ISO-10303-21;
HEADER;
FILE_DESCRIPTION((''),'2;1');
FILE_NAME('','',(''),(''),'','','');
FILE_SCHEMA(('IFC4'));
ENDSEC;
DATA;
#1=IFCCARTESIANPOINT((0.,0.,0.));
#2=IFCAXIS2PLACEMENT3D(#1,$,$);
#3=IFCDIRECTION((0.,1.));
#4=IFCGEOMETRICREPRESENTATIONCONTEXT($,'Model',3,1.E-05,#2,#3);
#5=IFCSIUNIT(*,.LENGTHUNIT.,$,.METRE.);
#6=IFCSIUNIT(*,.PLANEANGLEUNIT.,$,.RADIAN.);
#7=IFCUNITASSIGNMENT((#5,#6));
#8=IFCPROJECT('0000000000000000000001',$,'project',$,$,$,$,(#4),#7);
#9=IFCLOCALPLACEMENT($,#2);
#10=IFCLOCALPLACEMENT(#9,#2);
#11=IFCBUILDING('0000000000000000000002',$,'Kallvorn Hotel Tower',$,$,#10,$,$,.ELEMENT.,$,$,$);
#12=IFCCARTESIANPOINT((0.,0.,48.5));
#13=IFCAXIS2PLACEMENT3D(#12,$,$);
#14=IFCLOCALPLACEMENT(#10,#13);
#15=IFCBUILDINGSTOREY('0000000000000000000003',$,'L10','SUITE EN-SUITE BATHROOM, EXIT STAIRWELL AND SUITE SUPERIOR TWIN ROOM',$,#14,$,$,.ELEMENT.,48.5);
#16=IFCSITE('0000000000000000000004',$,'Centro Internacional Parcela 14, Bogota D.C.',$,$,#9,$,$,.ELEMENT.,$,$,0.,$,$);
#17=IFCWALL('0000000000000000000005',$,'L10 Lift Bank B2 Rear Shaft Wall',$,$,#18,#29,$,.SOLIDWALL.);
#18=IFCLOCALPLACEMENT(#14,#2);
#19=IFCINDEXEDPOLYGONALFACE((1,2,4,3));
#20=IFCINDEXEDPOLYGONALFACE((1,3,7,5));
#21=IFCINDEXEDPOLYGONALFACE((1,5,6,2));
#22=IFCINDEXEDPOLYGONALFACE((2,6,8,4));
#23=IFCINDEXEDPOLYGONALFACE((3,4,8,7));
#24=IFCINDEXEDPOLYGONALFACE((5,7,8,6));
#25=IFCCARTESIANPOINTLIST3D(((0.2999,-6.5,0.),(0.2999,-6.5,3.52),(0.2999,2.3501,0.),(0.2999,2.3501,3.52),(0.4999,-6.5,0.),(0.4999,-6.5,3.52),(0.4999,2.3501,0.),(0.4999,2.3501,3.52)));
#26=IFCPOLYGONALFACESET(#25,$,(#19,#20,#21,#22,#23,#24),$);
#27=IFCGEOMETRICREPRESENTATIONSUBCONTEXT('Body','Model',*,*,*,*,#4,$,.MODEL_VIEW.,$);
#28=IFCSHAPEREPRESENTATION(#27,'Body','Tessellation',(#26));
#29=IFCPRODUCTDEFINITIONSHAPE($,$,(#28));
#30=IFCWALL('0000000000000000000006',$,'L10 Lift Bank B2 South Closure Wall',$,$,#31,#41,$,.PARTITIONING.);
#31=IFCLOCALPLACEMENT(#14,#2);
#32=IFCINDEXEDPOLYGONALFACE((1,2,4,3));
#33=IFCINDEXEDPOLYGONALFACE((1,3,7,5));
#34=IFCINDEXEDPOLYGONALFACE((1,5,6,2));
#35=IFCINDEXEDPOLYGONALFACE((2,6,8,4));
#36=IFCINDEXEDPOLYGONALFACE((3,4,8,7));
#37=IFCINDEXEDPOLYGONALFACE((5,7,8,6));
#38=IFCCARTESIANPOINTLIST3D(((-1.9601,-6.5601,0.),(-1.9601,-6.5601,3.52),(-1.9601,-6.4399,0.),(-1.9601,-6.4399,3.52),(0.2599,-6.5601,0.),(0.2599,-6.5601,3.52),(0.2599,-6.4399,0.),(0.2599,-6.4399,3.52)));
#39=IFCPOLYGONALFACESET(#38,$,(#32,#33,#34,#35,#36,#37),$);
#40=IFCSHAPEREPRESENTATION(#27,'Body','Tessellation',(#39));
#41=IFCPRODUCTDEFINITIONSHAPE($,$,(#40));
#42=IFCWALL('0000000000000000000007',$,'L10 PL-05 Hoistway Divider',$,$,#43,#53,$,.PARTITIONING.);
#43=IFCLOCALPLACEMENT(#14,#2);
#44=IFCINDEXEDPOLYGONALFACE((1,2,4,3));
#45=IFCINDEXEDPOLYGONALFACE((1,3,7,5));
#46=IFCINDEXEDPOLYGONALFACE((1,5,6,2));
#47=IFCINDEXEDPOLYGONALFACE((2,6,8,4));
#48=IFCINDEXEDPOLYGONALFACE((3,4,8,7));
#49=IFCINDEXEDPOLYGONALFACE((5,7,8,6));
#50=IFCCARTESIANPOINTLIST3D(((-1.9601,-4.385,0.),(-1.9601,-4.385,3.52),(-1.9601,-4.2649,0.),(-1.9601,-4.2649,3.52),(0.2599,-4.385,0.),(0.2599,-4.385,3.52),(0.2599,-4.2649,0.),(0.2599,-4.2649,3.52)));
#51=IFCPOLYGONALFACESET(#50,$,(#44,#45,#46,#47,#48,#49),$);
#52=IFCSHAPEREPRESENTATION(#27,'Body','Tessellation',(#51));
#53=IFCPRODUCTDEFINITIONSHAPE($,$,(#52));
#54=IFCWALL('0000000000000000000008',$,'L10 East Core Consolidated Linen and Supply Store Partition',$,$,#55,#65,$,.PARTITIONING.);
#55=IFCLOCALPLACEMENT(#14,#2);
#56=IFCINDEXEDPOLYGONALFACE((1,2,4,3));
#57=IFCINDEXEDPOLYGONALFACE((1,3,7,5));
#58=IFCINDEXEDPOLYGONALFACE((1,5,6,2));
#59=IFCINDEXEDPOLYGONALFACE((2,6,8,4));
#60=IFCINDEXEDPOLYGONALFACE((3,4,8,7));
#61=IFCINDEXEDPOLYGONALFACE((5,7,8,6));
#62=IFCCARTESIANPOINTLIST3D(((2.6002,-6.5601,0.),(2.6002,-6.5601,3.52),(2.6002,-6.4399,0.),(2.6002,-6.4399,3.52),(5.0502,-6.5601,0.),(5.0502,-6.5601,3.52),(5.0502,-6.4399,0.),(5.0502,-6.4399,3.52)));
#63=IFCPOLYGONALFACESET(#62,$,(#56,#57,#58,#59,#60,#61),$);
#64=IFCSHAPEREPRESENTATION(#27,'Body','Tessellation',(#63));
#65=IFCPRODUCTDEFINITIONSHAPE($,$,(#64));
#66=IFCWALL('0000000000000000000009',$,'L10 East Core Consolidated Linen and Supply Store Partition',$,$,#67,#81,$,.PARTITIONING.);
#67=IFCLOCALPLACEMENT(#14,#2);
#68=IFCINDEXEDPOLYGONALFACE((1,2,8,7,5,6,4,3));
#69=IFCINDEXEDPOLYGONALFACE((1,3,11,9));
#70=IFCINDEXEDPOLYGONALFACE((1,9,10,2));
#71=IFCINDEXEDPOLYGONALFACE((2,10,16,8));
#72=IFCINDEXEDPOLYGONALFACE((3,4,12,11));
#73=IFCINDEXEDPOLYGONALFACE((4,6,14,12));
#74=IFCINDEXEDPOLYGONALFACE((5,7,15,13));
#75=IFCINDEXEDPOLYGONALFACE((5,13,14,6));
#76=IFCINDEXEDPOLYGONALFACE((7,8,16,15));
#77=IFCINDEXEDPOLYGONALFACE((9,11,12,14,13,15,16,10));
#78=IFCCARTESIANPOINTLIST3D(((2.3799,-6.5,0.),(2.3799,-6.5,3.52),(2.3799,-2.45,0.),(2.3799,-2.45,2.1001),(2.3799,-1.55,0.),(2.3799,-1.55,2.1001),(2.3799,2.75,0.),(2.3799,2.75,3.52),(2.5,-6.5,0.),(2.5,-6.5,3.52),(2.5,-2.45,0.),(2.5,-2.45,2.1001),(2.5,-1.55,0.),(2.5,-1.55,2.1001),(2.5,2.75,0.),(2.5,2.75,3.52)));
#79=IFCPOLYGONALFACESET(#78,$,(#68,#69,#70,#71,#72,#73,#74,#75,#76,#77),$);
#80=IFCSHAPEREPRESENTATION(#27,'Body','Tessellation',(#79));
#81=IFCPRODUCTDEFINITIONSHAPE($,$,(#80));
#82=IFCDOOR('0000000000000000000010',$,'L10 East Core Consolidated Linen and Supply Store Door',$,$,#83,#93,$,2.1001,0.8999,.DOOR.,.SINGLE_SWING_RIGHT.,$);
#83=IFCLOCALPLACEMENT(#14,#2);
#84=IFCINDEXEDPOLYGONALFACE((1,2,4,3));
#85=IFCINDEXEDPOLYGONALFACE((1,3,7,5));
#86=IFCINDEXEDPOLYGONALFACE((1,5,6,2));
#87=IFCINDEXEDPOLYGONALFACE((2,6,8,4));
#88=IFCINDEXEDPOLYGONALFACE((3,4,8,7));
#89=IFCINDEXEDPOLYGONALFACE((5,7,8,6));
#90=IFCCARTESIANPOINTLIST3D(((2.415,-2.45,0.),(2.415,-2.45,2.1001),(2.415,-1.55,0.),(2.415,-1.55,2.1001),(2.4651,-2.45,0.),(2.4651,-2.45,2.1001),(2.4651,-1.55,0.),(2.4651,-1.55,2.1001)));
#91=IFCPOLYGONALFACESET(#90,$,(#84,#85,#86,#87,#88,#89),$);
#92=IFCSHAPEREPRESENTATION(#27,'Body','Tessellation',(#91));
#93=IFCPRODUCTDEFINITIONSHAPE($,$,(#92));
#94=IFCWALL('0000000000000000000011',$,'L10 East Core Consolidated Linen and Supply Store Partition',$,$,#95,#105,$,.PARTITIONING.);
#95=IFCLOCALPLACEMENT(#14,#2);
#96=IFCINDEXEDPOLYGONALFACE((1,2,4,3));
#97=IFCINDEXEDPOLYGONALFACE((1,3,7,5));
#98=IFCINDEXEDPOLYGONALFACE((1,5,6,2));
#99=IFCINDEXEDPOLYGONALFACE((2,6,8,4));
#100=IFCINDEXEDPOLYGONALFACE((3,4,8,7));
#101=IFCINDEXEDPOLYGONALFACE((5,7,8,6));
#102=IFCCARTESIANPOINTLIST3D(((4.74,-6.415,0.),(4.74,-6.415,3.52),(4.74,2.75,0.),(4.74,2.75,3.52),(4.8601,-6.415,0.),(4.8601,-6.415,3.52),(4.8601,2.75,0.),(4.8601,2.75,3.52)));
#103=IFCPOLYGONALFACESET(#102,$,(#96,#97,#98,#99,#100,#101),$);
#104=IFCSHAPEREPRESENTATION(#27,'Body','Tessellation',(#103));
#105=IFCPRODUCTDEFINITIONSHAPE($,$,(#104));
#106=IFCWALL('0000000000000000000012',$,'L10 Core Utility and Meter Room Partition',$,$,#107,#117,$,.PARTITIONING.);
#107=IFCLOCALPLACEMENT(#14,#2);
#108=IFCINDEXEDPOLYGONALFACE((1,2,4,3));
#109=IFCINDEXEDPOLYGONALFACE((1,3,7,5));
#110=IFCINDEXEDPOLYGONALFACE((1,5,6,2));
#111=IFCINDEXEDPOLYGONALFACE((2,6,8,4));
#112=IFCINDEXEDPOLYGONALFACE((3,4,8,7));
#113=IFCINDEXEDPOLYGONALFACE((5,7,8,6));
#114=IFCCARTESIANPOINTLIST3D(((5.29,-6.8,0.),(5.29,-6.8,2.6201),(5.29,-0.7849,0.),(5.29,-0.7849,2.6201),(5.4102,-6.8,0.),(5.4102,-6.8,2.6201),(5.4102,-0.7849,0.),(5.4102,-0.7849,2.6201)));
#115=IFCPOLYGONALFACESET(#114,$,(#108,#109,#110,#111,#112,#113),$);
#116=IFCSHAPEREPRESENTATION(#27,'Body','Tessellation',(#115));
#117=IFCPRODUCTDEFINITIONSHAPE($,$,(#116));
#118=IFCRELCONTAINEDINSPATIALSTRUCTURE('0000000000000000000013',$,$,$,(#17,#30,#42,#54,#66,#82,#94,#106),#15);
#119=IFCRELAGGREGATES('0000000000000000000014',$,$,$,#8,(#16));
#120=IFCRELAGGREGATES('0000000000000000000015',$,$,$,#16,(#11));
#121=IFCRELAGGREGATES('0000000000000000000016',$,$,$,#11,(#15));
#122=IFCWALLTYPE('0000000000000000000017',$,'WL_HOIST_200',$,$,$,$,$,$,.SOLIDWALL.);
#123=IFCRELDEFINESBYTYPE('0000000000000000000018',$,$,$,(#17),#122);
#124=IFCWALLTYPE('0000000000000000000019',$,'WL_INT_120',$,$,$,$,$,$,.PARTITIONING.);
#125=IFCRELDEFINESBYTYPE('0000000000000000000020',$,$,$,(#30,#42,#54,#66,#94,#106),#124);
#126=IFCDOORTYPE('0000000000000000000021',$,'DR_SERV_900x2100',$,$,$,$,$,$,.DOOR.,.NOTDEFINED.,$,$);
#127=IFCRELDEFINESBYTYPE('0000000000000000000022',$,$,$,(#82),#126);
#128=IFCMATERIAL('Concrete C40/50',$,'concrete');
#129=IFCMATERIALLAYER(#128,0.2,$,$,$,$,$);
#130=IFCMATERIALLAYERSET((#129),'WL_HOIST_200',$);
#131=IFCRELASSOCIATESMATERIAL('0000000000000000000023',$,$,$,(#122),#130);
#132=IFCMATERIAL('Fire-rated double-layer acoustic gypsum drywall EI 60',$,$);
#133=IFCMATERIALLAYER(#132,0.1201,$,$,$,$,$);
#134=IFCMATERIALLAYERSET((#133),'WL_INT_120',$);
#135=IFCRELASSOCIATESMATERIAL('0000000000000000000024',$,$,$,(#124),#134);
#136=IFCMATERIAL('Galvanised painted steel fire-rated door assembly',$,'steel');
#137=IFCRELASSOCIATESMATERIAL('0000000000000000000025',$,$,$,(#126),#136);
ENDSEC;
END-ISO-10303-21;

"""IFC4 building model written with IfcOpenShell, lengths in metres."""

from ifc_helpers import new_model, si_unit, direction, frame, frame_2d, origin, place, context, subcontext, project, spatial, rectangle, extrude, material, layer, layer_set, type_object, element, fill, save


model = new_model("IFC4")

# Units and contexts
model_context = context("Model", 3, precision=1e-05, world=origin(), true_north=direction((0.0, 1.0)))
body_context = subcontext(model_context, "Body", "Model", "MODEL_VIEW")
ifc_project = project(units=[si_unit("LENGTHUNIT", "METRE"), si_unit("PLANEANGLEUNIT", "RADIAN")], contexts=[model_context])

# Site, building, storey
site_placement = place(None, origin())
site = spatial("IfcSite", under=ifc_project, at=site_placement, Name="Centro Internacional Parcela 14, Bogota D.C.", CompositionType="ELEMENT", RefElevation=0.0)
building_placement = place(site_placement, origin())
building = spatial("IfcBuilding", under=site, at=building_placement, Name="Kallvorn Hotel Tower", CompositionType="ELEMENT")
storey_placement = place(building_placement, frame((0.0, 0.0, 48.5)))
storey = spatial("IfcBuildingStorey", under=building, at=storey_placement, Name="L10", Description="SUITE EN-SUITE BATHROOM, EXIT STAIRWELL AND SUITE SUPERIOR TWIN ROOM", CompositionType="ELEMENT", Elevation=48.5)

# Walls
ifc_material_1 = material(Name="Concrete C40/50", Category="concrete")
ifc_layer_1 = layer(ifc_material_1, 0.2)
ifc_layer_set_1 = layer_set([ifc_layer_1], Name="WL_HOIST_200")
wall_type_1 = type_object("IfcWallType", Name="WL_HOIST_200", PredefinedType="SOLIDWALL", material=ifc_layer_set_1)
for number, where, z_axis, x_axis, name in (
    (1, (0.3999, -6.5, 0.0), (0.0, 0.0, 1.0), (0.0, 1.0, 0.0), "L10 Lift Bank B2 Rear Shaft Wall"),
):
    element("IfcWall", number, at=place(storey_placement, frame(where, z_axis=z_axis, x_axis=x_axis)), inside=storey, type_object=wall_type_1, Name=name, PredefinedType="SOLIDWALL", context=body_context, shape_type="SweptSolid", body=[
        extrude(rectangle(XDim=8.8501, YDim=0.2, at=frame_2d((4.425, 0.0))), origin(), (0.0, 0.0, 1.0), 3.52),
    ])
ifc_material_2 = material(Name="Fire-rated double-layer acoustic gypsum drywall EI 60")
ifc_layer_2 = layer(ifc_material_2, 0.1201)
ifc_layer_set_2 = layer_set([ifc_layer_2], Name="WL_INT_120")
wall_type_2 = type_object("IfcWallType", Name="WL_INT_120", PredefinedType="PARTITIONING", material=ifc_layer_set_2)
for number, where, z_axis, x_axis, name in (
    (2, (-1.96, -6.5, 0.0), (0.0, 0.0, 1.0), (1.0, 0.0, 0.0), "L10 Lift Bank B2 South Closure Wall"),
    (3, (-1.96, -4.325, 0.0), (0.0, 0.0, 1.0), (1.0, 0.0, 0.0), "L10 PL-05 Hoistway Divider"),
):
    element("IfcWall", number, at=place(storey_placement, frame(where, z_axis=z_axis, x_axis=x_axis)), inside=storey, type_object=wall_type_2, Name=name, PredefinedType="PARTITIONING", context=body_context, shape_type="SweptSolid", body=[
        extrude(rectangle(XDim=2.22, YDim=0.1201, at=frame_2d((1.1099, 0.0))), origin(), (0.0, 0.0, 1.0), 3.52),
    ])
wall_1_placement = place(storey_placement, frame((2.6001, -6.5, 0.0), z_axis=(0.0, 0.0, 1.0), x_axis=(1.0, 0.0, 0.0)))
element("IfcWall", 4, at=wall_1_placement, inside=storey, type_object=wall_type_2, Name="L10 East Core Consolidated Linen and Supply Store Partition", PredefinedType="PARTITIONING", context=body_context, shape_type="SweptSolid", body=[
    extrude(rectangle(XDim=2.45, YDim=0.1201, at=frame_2d((1.2251, 0.0))), origin(), (0.0, 0.0, 1.0), 3.52),
])

# Wall, opening, door
wall_2_placement = place(storey_placement, frame((2.4399, -6.5, 0.0), z_axis=(0.0, 0.0, 1.0), x_axis=(0.0, 1.0, 0.0)))
wall_2 = element("IfcWall", 5, at=wall_2_placement, inside=storey, type_object=wall_type_2, Name="L10 East Core Consolidated Linen and Supply Store Partition", PredefinedType="PARTITIONING", context=body_context, shape_type="SweptSolid", body=[
    extrude(rectangle(XDim=9.25, YDim=0.1201, at=frame_2d((4.625, 0.0))), origin(), (0.0, 0.0, 1.0), 3.52),
])
opening_1_placement = place(wall_2_placement, frame((4.05, 0.0, 0.0)))
opening_1 = element("IfcOpeningElement", 6, at=opening_1_placement, cuts=wall_2, PredefinedType="OPENING", context=body_context, shape_type="SweptSolid", body=[
    extrude(rectangle(XDim=0.8999, YDim=2.1001, at=frame_2d((0.45, 1.05))), frame((0.0, 0.075, 0.0), z_axis=(0.0, -1.0, 0.0), x_axis=(1.0, 0.0, 0.0)), (0.0, 0.0, 1.0), 0.1501),
])
ifc_material_3 = material(Name="Galvanised painted steel fire-rated door assembly", Category="steel")
door_type_1 = type_object("IfcDoorType", Name="DR_SERV_900x2100", OperationType="NOTDEFINED", PredefinedType="DOOR", material=ifc_material_3)
door_1_placement = place(opening_1_placement, origin())
door_1 = element("IfcDoor", 7, at=door_1_placement, inside=storey, type_object=door_type_1, Name="L10 East Core Consolidated Linen and Supply Store Door", OperationType="SINGLE_SWING_RIGHT", OverallHeight=2.1001, OverallWidth=0.8999, PredefinedType="DOOR", context=body_context, shape_type="SweptSolid", body=[
    extrude(rectangle(XDim=0.8999, YDim=2.1001, at=frame_2d((0.45, 1.05))), frame((0.0, 0.0249, 0.0), z_axis=(0.0, -1.0, 0.0), x_axis=(1.0, 0.0, 0.0)), (0.0, 0.0, 1.0), 0.05),
])
fill(opening_1, door_1)

# Walls
wall_3_placement = place(storey_placement, frame((4.8, -6.415, 0.0), z_axis=(0.0, 0.0, 1.0), x_axis=(0.0, 1.0, 0.0)))
element("IfcWall", 8, at=wall_3_placement, inside=storey, type_object=wall_type_2, Name="L10 East Core Consolidated Linen and Supply Store Partition", PredefinedType="PARTITIONING", context=body_context, shape_type="SweptSolid", body=[
    extrude(rectangle(XDim=9.165, YDim=0.1201, at=frame_2d((4.5825, 0.0))), origin(), (0.0, 0.0, 1.0), 3.52),
])
wall_4_placement = place(storey_placement, frame((5.3501, -6.8, 0.0), z_axis=(0.0, 0.0, 1.0), x_axis=(0.0, 1.0, 0.0)))
element("IfcWall", 9, at=wall_4_placement, inside=storey, type_object=wall_type_2, Name="L10 Core Utility and Meter Room Partition", PredefinedType="PARTITIONING", context=body_context, shape_type="SweptSolid", body=[
    extrude(rectangle(XDim=6.0151, YDim=0.1201, at=frame_2d((3.0076, 0.0))), origin(), (0.0, 0.0, 1.0), 2.6201),
])

save(model, "model.ifc")
